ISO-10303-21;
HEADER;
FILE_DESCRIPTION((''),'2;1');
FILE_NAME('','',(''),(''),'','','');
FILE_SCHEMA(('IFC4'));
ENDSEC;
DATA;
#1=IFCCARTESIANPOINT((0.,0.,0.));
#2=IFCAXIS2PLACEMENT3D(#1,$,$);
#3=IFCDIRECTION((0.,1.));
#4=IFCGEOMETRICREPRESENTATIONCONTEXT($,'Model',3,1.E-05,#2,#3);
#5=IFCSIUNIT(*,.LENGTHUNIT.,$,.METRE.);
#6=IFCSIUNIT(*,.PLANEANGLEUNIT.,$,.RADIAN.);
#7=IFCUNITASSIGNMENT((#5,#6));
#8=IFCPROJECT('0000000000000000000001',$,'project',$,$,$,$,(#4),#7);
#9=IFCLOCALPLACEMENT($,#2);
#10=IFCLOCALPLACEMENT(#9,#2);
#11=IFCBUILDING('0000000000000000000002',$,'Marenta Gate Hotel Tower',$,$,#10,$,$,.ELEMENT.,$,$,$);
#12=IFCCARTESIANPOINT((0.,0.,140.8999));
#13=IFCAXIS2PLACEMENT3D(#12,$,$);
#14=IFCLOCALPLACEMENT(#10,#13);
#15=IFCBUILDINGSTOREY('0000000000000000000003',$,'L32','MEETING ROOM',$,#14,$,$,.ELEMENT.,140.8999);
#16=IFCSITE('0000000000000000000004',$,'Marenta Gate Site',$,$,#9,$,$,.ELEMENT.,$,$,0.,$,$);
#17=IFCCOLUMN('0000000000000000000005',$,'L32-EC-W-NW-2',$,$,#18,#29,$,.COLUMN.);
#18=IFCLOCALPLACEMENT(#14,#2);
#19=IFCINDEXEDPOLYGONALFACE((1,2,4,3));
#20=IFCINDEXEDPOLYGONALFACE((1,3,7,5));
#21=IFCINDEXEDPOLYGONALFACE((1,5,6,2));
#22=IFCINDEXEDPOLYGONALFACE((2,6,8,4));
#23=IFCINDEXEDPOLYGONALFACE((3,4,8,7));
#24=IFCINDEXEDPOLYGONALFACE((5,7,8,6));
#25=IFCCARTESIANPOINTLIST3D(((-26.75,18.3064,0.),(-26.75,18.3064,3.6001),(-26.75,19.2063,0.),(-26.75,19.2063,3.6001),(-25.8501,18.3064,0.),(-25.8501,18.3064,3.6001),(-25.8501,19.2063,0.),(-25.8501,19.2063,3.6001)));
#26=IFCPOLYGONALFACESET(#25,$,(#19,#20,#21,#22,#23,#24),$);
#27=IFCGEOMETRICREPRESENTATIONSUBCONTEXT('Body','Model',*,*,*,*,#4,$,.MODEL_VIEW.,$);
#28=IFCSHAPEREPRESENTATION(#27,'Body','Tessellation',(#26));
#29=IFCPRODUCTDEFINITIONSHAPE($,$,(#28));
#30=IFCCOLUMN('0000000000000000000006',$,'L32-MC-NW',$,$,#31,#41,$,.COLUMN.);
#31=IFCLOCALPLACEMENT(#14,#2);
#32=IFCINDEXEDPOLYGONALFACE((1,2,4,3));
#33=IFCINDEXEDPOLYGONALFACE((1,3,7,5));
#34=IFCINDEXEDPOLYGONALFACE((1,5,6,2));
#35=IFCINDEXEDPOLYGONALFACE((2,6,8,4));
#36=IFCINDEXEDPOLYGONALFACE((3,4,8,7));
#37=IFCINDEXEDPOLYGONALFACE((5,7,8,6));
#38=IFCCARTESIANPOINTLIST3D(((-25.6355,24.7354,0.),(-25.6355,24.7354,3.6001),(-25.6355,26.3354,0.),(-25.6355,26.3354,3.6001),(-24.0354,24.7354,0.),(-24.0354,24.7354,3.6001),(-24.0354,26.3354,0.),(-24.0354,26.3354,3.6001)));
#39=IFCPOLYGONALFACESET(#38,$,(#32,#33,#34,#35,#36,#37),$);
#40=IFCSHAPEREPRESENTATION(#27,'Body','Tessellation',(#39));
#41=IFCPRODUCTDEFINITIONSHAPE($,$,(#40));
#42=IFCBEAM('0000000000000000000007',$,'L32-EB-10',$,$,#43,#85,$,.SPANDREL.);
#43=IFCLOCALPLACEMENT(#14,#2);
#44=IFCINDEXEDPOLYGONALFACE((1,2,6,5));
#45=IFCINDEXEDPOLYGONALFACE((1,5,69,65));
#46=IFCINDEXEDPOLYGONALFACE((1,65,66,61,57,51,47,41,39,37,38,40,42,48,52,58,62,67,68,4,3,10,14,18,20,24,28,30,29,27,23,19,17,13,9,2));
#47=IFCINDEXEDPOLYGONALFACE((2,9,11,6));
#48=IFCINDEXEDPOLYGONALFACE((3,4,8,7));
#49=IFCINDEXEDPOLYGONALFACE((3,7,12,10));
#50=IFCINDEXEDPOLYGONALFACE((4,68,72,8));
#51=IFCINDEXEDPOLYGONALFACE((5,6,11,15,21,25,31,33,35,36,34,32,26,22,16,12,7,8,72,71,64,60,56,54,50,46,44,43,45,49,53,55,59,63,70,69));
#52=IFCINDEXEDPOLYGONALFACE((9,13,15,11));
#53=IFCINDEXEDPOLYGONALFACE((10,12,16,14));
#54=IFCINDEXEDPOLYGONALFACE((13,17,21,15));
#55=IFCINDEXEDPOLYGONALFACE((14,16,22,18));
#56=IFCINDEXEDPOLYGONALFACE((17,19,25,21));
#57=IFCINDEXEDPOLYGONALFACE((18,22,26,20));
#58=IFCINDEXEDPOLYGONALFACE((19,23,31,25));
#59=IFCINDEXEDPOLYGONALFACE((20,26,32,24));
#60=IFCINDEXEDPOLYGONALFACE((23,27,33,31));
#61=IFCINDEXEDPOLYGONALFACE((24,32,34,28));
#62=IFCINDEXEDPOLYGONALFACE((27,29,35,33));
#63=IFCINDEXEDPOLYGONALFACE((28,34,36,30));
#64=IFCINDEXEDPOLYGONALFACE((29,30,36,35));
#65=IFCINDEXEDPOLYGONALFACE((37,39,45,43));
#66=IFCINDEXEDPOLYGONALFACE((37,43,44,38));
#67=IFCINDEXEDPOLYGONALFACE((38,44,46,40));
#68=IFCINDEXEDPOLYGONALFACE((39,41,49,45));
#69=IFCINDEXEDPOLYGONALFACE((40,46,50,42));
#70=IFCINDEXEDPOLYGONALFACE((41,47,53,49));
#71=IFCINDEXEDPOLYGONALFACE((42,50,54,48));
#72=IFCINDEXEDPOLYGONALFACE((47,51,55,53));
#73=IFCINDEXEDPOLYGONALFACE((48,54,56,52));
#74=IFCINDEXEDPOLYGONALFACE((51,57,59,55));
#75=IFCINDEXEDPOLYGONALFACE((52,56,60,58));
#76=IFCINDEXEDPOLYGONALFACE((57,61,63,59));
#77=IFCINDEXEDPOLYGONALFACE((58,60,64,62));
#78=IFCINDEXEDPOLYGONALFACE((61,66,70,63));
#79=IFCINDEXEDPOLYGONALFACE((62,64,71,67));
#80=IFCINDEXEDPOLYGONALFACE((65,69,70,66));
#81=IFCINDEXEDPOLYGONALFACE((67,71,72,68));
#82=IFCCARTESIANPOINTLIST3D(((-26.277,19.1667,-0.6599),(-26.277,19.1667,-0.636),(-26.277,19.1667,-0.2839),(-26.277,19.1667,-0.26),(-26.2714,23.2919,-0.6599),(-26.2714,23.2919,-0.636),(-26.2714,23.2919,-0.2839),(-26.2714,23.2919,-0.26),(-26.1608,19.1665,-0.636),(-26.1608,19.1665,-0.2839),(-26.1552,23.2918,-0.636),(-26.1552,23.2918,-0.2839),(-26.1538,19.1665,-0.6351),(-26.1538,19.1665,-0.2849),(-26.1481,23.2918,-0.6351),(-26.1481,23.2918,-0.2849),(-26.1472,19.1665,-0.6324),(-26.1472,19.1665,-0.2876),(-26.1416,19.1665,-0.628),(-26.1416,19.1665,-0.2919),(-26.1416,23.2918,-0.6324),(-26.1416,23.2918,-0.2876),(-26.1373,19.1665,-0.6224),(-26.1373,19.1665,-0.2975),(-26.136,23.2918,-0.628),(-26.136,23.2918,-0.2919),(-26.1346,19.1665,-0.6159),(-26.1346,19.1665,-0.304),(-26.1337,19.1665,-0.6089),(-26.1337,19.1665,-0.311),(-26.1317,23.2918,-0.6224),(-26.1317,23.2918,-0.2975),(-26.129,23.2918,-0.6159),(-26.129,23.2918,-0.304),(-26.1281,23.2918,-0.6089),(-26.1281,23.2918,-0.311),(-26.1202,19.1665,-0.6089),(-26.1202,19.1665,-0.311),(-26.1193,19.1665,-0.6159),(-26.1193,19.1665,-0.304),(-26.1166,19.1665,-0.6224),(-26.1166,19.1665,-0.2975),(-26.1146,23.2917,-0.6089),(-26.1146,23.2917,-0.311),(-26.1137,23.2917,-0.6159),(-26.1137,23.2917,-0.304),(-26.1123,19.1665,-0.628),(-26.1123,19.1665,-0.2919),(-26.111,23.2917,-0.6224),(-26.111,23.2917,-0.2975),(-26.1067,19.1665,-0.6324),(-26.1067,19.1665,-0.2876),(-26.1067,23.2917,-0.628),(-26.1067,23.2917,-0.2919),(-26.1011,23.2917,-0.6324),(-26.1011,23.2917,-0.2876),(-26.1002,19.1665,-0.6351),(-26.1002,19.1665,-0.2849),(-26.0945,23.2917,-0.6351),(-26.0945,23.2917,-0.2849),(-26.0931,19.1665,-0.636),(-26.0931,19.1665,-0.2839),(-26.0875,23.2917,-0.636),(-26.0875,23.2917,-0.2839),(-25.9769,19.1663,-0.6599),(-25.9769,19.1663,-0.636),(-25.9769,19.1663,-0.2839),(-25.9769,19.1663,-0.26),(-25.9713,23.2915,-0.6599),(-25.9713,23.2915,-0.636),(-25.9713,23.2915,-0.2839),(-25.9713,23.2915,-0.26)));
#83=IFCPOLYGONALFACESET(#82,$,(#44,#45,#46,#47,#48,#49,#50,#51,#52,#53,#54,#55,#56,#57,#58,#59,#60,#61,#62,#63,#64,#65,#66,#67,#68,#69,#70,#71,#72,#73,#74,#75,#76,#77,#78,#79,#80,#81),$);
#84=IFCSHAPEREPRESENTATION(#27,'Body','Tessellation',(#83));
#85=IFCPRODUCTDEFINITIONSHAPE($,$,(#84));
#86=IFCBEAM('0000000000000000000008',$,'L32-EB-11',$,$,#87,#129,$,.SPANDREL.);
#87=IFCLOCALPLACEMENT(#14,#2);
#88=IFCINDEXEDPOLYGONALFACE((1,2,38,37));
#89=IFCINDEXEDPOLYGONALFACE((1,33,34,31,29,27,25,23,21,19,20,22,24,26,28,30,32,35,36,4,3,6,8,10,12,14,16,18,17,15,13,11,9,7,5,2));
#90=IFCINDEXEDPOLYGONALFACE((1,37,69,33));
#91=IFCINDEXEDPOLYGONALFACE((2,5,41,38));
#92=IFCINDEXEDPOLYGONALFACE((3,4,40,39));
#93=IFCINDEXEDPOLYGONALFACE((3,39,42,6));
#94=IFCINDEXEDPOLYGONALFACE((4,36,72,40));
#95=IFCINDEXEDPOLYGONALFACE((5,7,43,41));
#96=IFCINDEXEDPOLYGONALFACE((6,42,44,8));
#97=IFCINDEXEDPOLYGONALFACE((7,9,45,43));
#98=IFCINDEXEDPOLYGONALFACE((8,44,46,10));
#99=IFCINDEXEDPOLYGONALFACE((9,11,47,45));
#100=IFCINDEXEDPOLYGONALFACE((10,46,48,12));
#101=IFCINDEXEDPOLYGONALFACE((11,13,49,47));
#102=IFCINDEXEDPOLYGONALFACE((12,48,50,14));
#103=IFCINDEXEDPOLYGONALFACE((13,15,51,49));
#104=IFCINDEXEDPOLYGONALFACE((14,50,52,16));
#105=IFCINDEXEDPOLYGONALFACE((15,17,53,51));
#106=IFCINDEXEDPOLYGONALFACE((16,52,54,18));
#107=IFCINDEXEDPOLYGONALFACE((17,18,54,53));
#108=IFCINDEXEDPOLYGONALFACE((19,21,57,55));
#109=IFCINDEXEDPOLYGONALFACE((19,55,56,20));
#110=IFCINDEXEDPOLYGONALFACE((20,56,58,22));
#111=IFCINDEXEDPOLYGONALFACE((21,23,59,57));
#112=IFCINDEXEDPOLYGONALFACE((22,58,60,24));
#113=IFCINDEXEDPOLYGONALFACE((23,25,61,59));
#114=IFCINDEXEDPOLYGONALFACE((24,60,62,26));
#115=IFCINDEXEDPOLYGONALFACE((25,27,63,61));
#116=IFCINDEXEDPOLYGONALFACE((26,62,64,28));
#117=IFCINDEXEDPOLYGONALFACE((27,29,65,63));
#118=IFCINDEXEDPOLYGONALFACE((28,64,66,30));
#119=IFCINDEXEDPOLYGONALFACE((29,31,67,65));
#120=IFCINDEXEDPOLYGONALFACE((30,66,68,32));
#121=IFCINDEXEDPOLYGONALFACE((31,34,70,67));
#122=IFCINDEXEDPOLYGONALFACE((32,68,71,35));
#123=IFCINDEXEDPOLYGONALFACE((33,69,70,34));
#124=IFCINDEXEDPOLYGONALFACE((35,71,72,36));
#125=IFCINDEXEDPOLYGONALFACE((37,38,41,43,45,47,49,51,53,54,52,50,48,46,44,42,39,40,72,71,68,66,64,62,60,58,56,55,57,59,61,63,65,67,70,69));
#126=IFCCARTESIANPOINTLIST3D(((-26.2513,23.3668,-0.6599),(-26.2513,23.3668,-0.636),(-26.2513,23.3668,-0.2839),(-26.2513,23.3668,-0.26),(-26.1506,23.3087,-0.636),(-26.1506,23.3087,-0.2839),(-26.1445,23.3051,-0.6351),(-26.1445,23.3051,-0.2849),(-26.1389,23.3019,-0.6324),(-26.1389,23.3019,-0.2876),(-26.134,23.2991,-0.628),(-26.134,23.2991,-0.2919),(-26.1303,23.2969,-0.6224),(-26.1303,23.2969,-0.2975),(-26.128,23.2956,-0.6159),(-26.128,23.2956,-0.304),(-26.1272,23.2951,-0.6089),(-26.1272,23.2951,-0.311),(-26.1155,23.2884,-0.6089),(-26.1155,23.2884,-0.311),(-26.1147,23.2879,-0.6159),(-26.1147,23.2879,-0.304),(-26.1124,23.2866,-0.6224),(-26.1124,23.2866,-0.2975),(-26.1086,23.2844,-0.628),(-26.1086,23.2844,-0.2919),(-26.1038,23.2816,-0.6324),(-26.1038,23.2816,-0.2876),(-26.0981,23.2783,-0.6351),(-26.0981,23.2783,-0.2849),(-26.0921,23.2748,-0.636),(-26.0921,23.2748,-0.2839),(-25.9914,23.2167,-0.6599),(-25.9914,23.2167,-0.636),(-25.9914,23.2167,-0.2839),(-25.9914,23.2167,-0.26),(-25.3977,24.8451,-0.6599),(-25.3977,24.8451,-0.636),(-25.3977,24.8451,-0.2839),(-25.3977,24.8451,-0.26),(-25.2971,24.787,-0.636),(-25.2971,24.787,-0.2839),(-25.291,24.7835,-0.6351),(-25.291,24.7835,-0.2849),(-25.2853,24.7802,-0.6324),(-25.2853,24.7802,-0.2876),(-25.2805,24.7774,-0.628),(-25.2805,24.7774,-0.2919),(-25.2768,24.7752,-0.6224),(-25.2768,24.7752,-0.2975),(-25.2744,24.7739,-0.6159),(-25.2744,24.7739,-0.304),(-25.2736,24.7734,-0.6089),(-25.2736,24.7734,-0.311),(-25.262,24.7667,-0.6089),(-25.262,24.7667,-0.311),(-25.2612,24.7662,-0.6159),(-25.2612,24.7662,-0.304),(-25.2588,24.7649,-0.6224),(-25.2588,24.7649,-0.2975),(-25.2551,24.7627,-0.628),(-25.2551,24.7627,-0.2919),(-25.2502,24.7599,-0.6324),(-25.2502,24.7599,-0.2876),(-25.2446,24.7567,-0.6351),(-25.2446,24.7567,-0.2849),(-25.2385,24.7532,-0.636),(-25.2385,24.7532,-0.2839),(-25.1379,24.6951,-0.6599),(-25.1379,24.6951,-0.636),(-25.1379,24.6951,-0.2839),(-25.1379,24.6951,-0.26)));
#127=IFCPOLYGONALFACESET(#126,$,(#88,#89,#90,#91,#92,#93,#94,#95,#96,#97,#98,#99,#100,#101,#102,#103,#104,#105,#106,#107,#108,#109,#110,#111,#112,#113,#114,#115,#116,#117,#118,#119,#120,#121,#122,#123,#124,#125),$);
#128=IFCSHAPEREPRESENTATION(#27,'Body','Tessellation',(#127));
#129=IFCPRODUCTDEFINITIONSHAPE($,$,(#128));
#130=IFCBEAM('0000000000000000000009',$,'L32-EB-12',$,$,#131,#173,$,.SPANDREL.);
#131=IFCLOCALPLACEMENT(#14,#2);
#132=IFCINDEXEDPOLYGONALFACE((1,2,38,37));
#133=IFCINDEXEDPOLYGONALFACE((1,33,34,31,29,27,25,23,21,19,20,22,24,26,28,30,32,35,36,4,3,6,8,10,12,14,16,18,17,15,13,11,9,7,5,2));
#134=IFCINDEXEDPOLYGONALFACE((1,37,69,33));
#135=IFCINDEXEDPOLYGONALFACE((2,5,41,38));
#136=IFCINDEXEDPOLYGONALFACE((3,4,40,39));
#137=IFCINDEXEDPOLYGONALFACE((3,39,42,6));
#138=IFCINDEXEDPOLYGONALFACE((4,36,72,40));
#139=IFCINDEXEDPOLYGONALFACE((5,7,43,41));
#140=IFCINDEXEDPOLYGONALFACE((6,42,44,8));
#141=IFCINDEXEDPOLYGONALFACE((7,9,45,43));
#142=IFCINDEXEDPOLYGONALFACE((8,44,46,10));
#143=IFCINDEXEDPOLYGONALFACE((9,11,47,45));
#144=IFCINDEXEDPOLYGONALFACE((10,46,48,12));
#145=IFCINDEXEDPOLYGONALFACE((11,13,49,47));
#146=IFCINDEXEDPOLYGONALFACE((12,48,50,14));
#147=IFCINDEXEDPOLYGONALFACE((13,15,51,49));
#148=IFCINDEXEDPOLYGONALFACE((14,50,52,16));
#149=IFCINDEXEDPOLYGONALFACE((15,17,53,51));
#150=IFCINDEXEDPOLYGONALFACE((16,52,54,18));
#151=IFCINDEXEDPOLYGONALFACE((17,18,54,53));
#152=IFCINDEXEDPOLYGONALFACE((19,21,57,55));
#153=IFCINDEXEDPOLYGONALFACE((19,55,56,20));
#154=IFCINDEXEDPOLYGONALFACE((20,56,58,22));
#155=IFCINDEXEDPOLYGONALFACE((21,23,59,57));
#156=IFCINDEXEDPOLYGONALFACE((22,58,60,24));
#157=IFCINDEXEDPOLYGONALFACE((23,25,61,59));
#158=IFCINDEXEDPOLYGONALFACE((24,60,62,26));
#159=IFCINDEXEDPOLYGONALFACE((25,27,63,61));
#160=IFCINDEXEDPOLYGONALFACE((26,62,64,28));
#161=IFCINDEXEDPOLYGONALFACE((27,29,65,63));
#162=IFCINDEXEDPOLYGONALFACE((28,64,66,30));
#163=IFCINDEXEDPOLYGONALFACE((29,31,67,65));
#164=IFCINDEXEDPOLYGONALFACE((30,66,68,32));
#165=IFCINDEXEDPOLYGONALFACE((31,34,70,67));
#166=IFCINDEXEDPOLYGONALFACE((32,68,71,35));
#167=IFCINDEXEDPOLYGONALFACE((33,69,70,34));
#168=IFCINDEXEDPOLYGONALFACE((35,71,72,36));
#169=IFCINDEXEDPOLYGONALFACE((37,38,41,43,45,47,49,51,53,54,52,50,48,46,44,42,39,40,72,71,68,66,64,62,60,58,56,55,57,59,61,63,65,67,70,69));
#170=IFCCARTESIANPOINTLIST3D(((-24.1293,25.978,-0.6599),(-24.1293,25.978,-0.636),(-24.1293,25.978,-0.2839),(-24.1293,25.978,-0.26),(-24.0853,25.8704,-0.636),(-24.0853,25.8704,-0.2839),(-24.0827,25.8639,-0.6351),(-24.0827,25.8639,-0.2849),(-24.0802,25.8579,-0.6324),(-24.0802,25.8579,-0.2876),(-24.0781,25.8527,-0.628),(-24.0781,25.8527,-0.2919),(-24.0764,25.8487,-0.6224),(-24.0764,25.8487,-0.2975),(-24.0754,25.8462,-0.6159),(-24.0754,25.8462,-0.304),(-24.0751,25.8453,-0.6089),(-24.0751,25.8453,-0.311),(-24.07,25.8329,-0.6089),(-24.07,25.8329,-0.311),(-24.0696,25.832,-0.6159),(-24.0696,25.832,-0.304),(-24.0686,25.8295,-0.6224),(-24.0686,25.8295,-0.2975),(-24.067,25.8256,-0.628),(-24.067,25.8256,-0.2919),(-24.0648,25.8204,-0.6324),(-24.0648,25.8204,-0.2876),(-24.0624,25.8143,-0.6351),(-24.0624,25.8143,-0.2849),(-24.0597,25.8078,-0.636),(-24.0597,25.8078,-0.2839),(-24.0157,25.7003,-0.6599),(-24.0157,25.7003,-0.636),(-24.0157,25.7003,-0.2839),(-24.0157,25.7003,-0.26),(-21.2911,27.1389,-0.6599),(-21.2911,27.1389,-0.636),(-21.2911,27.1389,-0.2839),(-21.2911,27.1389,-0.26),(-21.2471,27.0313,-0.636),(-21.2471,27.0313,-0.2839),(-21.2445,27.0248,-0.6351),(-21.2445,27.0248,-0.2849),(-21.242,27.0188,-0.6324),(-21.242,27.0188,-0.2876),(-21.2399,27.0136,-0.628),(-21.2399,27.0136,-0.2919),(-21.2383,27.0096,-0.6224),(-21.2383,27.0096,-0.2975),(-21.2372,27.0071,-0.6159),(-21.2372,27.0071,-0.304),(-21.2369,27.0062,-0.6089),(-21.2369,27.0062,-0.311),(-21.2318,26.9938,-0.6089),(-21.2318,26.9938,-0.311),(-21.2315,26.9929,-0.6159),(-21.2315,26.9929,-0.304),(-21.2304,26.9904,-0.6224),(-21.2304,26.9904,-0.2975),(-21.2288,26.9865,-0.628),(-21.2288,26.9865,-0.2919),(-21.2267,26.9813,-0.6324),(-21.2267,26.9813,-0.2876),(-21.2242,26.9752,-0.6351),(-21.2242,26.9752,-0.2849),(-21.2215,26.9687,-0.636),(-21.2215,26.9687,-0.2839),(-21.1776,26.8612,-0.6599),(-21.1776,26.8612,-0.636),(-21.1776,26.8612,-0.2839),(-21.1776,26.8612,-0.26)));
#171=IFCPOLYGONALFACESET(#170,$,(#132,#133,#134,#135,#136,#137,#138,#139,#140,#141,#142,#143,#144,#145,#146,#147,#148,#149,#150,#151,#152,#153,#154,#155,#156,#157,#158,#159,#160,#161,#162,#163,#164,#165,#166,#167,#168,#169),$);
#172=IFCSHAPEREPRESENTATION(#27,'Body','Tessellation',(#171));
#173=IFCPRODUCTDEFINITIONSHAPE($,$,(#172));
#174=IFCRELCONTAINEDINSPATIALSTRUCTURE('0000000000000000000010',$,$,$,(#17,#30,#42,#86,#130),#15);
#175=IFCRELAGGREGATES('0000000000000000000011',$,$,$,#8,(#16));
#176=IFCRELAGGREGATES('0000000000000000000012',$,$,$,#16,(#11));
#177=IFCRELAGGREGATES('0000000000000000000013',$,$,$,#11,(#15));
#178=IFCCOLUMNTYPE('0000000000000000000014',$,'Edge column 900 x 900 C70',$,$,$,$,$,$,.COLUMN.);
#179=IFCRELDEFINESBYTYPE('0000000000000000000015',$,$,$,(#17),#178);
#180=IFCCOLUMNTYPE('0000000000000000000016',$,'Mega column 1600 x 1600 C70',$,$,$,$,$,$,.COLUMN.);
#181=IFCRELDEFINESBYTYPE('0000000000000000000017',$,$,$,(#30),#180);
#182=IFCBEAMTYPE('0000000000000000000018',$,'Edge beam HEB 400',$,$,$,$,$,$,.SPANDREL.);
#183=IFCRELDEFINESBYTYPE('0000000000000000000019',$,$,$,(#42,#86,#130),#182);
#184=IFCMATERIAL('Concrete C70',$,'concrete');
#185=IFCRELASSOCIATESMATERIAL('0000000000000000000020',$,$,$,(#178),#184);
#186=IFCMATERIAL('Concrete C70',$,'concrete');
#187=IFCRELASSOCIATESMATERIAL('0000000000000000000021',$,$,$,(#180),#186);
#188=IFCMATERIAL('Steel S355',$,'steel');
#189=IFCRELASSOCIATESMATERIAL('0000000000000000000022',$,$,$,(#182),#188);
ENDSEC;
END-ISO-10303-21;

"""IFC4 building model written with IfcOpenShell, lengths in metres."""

from ifc_helpers import new_model, si_unit, direction, frame, origin, origin_2d, place, context, subcontext, project, spatial, rectangle, i_section, extrude, material, material_profile, profile_set, type_object, element, save


model = new_model("IFC4")

# Units and contexts
model_context = context("Model", 3, precision=1e-05, world=origin(), true_north=direction((0.0, 1.0)))
body_context = subcontext(model_context, "Body", "Model", "MODEL_VIEW")
ifc_project = project(units=[si_unit("LENGTHUNIT", "METRE"), si_unit("PLANEANGLEUNIT", "RADIAN")], contexts=[model_context])

# Site, building, storey
site_placement = place(None, origin())
site = spatial("IfcSite", under=ifc_project, at=site_placement, Name="Marenta Gate Site", CompositionType="ELEMENT", RefElevation=0.0)
building_placement = place(site_placement, origin())
building = spatial("IfcBuilding", under=site, at=building_placement, Name="Marenta Gate Hotel Tower", CompositionType="ELEMENT")
storey_placement = place(building_placement, frame((0.0, 0.0, 140.8999)))
storey = spatial("IfcBuildingStorey", under=building, at=storey_placement, Name="L32", Description="MEETING ROOM", CompositionType="ELEMENT", Elevation=140.8999)

# Columns
ifc_material_1 = material(Name="Concrete C70", Category="concrete")
ifc_material_profile_1 = material_profile(ifc_material_1, rectangle(XDim=0.8999, YDim=0.8999, at=origin_2d()), Name="900 x 900")
ifc_profile_set_1 = profile_set([ifc_material_profile_1], Name="Concrete C70")
column_type_1 = type_object("IfcColumnType", Name="Edge column 900 x 900 C70", PredefinedType="COLUMN", material=ifc_profile_set_1)
column_1_placement = place(storey_placement, frame((-26.3, 18.7563, 0.0), z_axis=(0.0, 0.0, 1.0), x_axis=(1.0, 0.0, 0.0)))
element("IfcColumn", 1, at=column_1_placement, inside=storey, type_object=column_type_1, Name="L32-EC-W-NW-2", PredefinedType="COLUMN", context=body_context, shape_type="SweptSolid", body=[
    extrude(rectangle(XDim=0.8999, YDim=0.8999, at=origin_2d()), origin(), (0.0, 0.0, 1.0), 3.6001),
])
ifc_material_2 = material(Name="Concrete C70", Category="concrete")
ifc_material_profile_2 = material_profile(ifc_material_2, rectangle(XDim=1.6001, YDim=1.6001, at=origin_2d()), Name="1600 x 1600")
ifc_profile_set_2 = profile_set([ifc_material_profile_2], Name="Concrete C70")
column_type_2 = type_object("IfcColumnType", Name="Mega column 1600 x 1600 C70", PredefinedType="COLUMN", material=ifc_profile_set_2)
column_2_placement = place(storey_placement, frame((-24.8354, 25.5354, 0.0), z_axis=(0.0, 0.0, 1.0), x_axis=(1.0, 0.0, 0.0)))
element("IfcColumn", 2, at=column_2_placement, inside=storey, type_object=column_type_2, Name="L32-MC-NW", PredefinedType="COLUMN", context=body_context, shape_type="SweptSolid", body=[
    extrude(rectangle(XDim=1.6001, YDim=1.6001, at=origin_2d()), origin(), (0.0, 0.0, 1.0), 3.6001),
])

# Beams
ifc_material_3 = material(Name="Steel S355", Category="steel")
ifc_material_profile_3 = material_profile(ifc_material_3, i_section(OverallWidth=0.3, OverallDepth=0.3999, WebThickness=0.0134, FlangeThickness=0.0239, FilletRadius=0.0271, at=origin_2d()), Name="HEB 400")
ifc_profile_set_3 = profile_set([ifc_material_profile_3], Name="Steel S355")
beam_type_1 = type_object("IfcBeamType", Name="Edge beam HEB 400", PredefinedType="SPANDREL", material=ifc_profile_set_3)
beam_1_placement = place(storey_placement, frame((-26.127, 19.1665, -0.46), z_axis=(0.001361, 0.999999, 0.0), x_axis=(-0.999999, 0.001361, 0.0)))
element("IfcBeam", 3, at=beam_1_placement, inside=storey, type_object=beam_type_1, Name="L32-EB-10", PredefinedType="SPANDREL", context=body_context, shape_type="SweptSolid", body=[
    extrude(i_section(OverallWidth=0.3, OverallDepth=0.3999, WebThickness=0.0134, FlangeThickness=0.0239, FilletRadius=0.0271, at=origin_2d()), origin(), (0.0, 0.0, 1.0), 4.1252),
])
beam_2_placement = place(storey_placement, frame((-26.1213, 23.2917, -0.46), z_axis=(0.500015, 0.866016, 0.0), x_axis=(-0.866016, 0.500015, 0.0)))
element("IfcBeam", 4, at=beam_2_placement, inside=storey, type_object=beam_type_1, Name="L32-EB-11", PredefinedType="SPANDREL", context=body_context, shape_type="SweptSolid", body=[
    extrude(i_section(OverallWidth=0.3, OverallDepth=0.3999, WebThickness=0.0134, FlangeThickness=0.0239, FilletRadius=0.0271, at=origin_2d()), origin(), (0.0, 0.0, 1.0), 1.707),
])
beam_3_placement = place(storey_placement, frame((-24.0725, 25.8391, -0.46), z_axis=(0.925566, 0.378586, 0.0), x_axis=(-0.378586, 0.925566, 0.0)))
element("IfcBeam", 5, at=beam_3_placement, inside=storey, type_object=beam_type_1, Name="L32-EB-12", PredefinedType="SPANDREL", context=body_context, shape_type="SweptSolid", body=[
    extrude(i_section(OverallWidth=0.3, OverallDepth=0.3999, WebThickness=0.0134, FlangeThickness=0.0239, FilletRadius=0.0271, at=origin_2d()), origin(), (0.0, 0.0, 1.0), 3.0664),
])

save(model, "model.ifc")
